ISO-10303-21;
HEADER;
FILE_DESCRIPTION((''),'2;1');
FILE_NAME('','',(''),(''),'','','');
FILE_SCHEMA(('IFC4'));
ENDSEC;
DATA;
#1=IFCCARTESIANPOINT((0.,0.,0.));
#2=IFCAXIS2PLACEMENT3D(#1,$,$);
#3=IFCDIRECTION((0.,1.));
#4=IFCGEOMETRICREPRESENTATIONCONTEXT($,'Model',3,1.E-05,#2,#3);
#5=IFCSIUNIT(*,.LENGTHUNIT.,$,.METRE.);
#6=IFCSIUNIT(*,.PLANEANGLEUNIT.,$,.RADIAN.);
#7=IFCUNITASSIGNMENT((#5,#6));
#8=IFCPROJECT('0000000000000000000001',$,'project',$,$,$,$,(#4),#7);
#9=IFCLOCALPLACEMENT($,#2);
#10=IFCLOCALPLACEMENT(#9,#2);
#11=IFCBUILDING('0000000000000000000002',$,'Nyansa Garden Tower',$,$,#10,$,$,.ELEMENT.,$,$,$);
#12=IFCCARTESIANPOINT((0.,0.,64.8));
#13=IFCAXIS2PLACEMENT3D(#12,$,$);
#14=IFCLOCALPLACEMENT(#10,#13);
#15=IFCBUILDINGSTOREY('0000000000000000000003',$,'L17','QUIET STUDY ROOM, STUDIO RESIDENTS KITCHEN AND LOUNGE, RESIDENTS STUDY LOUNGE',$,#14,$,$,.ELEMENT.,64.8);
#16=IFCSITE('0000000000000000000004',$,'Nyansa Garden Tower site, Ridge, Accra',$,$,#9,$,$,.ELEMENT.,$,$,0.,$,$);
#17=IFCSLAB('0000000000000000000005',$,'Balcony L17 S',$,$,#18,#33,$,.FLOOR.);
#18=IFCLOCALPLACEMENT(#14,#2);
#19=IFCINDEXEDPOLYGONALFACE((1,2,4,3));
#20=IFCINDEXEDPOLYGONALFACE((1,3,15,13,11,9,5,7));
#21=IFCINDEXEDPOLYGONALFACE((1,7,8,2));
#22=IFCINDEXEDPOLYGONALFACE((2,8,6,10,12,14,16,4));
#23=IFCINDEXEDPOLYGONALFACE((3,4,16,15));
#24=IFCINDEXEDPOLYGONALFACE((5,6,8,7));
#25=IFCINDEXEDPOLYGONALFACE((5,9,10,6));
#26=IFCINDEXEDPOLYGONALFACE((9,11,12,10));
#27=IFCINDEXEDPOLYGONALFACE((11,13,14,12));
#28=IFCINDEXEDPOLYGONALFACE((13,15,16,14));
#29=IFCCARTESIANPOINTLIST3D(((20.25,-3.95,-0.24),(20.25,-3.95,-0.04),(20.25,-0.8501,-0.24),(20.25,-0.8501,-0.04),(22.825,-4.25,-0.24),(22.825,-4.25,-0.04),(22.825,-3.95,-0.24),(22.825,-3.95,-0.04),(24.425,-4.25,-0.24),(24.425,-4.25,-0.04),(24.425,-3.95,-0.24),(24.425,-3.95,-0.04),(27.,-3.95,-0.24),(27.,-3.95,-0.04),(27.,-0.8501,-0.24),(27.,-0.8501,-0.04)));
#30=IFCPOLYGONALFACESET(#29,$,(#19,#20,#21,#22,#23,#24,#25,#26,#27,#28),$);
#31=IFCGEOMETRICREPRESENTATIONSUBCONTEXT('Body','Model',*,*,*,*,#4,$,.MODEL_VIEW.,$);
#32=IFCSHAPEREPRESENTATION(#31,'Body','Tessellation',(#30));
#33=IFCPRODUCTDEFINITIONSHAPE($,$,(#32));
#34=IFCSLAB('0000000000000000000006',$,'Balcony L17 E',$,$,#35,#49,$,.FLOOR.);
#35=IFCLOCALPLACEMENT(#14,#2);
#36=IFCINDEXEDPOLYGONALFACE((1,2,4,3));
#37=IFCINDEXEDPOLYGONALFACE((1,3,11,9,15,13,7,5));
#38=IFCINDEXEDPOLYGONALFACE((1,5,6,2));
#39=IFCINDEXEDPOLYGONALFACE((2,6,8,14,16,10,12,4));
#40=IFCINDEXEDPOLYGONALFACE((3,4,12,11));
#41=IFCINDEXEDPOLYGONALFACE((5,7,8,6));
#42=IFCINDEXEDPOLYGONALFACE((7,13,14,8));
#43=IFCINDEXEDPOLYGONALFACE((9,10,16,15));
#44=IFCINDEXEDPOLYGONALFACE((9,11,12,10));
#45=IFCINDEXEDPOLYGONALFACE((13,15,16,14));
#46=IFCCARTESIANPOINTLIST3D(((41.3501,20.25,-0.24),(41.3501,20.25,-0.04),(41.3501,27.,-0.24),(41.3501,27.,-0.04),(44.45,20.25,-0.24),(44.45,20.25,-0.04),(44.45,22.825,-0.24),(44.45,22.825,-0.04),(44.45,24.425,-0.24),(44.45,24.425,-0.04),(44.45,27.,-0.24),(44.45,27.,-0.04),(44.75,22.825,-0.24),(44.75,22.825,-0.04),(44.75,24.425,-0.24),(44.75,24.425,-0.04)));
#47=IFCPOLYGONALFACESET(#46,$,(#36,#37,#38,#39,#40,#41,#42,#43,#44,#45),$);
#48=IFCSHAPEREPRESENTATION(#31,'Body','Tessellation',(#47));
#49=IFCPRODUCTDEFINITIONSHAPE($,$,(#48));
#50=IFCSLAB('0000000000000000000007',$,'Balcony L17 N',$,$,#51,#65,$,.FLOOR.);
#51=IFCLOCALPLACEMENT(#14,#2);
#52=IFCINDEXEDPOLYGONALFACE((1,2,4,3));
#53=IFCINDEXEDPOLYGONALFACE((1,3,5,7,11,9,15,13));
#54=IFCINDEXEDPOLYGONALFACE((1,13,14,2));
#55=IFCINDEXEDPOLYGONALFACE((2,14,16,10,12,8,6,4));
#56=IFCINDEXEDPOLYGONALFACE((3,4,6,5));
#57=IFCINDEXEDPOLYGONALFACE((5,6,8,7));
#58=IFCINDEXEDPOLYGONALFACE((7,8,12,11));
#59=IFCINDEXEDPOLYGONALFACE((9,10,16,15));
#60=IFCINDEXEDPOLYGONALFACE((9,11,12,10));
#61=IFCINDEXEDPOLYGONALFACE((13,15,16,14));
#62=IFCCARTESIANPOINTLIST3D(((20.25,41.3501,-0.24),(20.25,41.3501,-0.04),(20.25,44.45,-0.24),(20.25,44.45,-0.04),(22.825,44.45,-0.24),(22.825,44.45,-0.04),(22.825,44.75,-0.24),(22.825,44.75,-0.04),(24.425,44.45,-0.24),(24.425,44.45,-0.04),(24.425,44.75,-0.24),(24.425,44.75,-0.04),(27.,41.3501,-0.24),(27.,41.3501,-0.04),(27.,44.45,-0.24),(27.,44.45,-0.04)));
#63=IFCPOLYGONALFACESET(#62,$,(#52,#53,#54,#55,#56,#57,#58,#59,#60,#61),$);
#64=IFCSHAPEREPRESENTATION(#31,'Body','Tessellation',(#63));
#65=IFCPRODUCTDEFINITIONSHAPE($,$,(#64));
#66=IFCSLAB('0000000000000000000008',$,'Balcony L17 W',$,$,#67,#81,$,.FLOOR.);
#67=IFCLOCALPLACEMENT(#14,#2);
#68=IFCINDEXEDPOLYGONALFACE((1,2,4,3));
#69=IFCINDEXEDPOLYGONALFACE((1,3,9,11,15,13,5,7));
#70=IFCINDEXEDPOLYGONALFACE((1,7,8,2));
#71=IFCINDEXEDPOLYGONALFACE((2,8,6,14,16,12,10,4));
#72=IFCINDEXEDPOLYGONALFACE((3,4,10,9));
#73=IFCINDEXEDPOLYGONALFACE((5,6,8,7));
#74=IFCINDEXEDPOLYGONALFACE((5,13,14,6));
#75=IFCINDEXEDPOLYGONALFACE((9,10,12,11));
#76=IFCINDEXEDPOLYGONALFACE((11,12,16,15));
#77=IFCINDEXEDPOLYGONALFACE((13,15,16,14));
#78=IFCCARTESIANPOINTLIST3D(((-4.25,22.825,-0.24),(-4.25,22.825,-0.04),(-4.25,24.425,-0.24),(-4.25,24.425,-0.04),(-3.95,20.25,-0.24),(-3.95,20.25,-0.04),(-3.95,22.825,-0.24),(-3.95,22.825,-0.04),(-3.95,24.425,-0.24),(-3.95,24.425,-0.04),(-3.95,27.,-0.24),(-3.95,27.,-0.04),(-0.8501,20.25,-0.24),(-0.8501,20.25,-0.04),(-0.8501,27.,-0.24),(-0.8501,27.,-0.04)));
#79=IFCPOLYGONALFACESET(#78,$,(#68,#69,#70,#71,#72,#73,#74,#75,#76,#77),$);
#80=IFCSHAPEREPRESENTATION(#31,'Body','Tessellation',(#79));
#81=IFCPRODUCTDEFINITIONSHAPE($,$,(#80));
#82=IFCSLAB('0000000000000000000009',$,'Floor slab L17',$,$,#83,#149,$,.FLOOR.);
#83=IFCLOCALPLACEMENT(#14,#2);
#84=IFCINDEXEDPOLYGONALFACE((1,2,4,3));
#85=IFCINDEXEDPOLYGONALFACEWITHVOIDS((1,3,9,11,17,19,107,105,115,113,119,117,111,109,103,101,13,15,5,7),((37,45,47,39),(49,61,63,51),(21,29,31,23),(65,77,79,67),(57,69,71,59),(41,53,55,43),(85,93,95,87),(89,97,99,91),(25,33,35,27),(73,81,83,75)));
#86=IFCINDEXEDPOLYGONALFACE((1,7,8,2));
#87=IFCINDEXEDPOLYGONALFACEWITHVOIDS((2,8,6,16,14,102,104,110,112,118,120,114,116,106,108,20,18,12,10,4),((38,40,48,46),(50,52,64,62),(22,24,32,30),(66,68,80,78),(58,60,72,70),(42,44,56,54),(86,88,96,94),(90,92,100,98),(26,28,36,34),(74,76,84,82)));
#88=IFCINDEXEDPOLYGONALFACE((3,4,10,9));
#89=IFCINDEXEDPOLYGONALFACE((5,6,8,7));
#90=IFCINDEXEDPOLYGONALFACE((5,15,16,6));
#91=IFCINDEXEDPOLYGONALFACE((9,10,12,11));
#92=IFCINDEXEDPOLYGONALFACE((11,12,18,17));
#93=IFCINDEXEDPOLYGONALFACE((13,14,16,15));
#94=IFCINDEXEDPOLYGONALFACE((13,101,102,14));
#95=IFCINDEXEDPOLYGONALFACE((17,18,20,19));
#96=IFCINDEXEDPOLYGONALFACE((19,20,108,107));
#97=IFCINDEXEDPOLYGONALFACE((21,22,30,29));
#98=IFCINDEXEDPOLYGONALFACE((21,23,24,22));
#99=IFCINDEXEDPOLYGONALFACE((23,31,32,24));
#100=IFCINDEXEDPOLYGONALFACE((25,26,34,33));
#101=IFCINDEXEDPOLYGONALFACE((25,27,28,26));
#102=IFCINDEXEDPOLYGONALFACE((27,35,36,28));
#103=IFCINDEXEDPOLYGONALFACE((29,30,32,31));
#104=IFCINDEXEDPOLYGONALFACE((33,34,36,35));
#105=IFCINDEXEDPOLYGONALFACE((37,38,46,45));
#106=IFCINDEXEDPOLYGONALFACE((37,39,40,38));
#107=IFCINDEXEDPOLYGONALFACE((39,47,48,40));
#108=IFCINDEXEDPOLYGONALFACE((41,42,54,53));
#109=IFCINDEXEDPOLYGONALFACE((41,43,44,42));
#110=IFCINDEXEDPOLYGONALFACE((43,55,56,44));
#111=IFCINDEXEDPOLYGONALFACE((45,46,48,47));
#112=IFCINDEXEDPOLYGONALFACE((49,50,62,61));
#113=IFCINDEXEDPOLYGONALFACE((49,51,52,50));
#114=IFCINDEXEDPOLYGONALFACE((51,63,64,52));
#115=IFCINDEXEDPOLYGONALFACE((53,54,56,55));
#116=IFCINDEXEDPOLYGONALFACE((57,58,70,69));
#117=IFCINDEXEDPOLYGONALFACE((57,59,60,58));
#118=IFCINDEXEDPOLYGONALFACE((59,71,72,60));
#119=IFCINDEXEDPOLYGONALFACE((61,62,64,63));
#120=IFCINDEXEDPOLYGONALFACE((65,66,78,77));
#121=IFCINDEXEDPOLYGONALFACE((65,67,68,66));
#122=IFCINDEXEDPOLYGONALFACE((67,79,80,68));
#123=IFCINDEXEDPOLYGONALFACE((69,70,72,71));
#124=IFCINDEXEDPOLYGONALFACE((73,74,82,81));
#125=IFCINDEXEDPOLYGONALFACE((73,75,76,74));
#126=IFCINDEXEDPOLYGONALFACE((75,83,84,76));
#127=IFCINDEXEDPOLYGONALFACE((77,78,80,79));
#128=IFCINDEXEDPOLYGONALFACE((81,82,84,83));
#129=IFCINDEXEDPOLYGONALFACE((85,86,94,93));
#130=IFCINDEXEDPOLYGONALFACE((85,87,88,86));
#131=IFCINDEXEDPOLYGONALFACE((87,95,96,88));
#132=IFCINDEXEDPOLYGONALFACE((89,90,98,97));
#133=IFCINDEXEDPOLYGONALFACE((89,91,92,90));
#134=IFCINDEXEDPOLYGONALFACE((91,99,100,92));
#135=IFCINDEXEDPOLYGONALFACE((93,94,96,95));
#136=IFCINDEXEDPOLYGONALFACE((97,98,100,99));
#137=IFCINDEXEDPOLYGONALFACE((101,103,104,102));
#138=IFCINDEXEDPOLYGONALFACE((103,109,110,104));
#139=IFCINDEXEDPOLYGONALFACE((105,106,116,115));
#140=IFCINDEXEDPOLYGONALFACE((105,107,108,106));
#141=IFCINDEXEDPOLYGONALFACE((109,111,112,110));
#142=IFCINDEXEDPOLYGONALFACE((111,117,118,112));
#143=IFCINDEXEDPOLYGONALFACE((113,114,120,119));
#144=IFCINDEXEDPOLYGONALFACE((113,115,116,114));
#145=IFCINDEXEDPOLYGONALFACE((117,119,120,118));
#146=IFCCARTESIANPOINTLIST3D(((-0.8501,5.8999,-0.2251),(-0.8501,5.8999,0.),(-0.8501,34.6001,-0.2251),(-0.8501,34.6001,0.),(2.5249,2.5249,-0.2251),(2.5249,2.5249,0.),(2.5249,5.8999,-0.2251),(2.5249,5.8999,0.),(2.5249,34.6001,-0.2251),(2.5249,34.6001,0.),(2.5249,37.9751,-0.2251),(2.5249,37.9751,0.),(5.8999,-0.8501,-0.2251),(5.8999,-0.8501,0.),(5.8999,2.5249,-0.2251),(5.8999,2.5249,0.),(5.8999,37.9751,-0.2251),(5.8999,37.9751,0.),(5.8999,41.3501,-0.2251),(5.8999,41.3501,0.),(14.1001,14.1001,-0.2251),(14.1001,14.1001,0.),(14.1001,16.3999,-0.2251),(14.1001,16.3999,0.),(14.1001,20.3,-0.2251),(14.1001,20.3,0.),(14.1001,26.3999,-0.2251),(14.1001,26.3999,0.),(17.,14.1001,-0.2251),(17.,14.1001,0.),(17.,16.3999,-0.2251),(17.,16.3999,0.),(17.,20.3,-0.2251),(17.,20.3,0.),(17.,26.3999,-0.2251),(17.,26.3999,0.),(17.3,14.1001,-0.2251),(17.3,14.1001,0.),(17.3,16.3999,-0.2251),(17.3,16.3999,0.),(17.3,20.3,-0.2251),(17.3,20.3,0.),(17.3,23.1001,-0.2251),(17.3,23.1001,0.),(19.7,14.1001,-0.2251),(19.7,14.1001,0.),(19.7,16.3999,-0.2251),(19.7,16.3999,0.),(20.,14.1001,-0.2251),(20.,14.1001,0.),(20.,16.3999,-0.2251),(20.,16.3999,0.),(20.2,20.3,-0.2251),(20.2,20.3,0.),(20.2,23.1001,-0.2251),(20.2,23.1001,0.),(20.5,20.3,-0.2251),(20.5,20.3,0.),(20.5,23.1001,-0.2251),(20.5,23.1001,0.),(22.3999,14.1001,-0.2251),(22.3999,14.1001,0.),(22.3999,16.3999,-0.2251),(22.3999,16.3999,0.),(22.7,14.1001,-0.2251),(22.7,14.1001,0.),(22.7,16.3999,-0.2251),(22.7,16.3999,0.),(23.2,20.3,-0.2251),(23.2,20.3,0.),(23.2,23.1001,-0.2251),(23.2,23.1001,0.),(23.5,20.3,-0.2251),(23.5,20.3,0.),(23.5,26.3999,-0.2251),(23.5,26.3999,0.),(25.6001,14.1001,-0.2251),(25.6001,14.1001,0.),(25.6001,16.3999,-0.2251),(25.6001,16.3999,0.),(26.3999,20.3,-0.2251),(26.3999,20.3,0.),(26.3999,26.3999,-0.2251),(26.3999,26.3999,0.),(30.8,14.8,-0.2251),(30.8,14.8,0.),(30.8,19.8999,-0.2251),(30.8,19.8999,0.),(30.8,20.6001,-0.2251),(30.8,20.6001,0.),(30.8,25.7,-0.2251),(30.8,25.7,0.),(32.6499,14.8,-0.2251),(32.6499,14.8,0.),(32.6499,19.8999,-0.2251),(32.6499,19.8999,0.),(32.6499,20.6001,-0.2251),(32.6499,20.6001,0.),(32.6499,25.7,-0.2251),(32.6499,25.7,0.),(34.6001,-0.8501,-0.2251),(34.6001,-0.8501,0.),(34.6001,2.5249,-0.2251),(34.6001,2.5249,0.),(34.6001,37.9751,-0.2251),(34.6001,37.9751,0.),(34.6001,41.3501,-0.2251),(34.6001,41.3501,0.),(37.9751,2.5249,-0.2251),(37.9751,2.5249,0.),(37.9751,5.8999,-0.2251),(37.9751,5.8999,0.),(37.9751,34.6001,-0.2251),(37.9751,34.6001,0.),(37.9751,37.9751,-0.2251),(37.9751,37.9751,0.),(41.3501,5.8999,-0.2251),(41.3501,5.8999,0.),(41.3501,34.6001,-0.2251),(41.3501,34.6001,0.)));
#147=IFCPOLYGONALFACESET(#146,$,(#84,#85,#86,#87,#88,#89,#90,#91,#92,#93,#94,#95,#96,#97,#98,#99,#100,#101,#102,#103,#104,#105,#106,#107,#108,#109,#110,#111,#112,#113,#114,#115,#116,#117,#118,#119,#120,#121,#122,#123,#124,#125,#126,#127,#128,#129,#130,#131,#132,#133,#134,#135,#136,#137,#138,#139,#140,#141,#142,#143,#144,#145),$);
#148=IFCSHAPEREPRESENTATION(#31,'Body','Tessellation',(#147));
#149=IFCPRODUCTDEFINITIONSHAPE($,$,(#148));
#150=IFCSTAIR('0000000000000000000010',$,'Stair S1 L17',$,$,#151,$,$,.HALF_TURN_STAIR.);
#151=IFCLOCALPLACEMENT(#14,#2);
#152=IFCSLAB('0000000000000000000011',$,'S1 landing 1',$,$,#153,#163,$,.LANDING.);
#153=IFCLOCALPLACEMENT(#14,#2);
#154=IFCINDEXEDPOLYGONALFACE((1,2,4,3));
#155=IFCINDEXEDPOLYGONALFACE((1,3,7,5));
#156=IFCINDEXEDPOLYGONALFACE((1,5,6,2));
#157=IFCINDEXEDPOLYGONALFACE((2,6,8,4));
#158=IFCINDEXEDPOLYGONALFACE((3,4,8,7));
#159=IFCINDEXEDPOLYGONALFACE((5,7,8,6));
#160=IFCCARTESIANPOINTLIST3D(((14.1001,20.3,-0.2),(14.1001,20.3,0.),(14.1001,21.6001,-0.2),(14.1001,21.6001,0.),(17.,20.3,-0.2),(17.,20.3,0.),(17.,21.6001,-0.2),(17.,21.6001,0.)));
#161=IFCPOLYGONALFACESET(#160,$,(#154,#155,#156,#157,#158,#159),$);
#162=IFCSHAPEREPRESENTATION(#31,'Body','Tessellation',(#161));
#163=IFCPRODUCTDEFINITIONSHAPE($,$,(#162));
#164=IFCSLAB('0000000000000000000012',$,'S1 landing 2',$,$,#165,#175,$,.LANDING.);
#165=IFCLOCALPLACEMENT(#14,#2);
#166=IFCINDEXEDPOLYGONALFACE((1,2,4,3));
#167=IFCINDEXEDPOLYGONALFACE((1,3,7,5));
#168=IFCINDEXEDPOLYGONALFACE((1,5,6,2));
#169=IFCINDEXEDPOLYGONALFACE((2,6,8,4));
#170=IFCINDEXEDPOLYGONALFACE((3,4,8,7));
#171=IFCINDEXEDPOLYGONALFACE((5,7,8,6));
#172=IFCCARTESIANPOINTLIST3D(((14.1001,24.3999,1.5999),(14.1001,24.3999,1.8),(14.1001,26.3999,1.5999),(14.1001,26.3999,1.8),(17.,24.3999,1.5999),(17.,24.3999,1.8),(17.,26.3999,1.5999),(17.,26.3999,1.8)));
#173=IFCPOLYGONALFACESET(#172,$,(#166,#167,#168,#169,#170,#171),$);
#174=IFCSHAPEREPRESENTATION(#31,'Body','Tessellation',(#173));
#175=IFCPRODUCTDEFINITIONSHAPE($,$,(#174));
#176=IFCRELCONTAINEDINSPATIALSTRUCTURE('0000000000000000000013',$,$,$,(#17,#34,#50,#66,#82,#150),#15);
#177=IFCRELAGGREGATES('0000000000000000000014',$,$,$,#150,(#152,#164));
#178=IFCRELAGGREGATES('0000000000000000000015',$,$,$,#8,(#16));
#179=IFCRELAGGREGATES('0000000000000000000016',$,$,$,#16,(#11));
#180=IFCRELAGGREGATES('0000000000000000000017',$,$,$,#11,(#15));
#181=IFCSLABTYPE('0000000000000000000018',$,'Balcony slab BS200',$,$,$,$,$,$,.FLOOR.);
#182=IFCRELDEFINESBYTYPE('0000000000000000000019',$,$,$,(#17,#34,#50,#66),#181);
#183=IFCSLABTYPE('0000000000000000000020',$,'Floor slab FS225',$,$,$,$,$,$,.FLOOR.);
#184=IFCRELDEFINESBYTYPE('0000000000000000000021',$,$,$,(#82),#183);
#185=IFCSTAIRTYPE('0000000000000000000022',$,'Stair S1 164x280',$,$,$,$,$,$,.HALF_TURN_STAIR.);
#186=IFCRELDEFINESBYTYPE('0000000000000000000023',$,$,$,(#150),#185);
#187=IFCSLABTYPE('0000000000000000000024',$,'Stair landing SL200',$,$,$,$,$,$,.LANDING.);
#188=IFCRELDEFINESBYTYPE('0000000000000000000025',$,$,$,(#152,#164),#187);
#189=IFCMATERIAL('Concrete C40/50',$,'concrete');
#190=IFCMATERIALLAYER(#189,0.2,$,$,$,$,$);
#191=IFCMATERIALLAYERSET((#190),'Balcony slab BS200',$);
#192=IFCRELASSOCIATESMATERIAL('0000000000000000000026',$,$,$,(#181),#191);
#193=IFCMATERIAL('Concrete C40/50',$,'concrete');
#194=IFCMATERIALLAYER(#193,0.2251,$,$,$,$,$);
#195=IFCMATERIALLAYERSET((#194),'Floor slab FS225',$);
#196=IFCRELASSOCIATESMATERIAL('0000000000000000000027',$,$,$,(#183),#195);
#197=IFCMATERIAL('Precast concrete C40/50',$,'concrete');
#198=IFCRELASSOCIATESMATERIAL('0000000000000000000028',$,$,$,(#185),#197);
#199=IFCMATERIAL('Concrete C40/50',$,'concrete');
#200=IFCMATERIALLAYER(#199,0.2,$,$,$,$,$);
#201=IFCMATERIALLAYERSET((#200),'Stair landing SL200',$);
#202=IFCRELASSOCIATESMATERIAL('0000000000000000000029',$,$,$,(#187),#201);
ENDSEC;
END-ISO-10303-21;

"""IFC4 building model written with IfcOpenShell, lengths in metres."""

from ifc_helpers import new_model, si_unit, direction, frame, origin, place, context, subcontext, project, spatial, polyline, outline, extrude, material, layer, layer_set, type_object, element, aggregate, save


model = new_model("IFC4")

# Units and contexts
model_context = context("Model", 3, precision=1e-05, world=origin(), true_north=direction((0.0, 1.0)))
body_context = subcontext(model_context, "Body", "Model", "MODEL_VIEW")
ifc_project = project(units=[si_unit("LENGTHUNIT", "METRE"), si_unit("PLANEANGLEUNIT", "RADIAN")], contexts=[model_context])

# Site, building, storey
site_placement = place(None, origin())
site = spatial("IfcSite", under=ifc_project, at=site_placement, Name="Nyansa Garden Tower site, Ridge, Accra", CompositionType="ELEMENT", RefElevation=0.0)
building_placement = place(site_placement, origin())
building = spatial("IfcBuilding", under=site, at=building_placement, Name="Nyansa Garden Tower", CompositionType="ELEMENT")
storey_placement = place(building_placement, frame((0.0, 0.0, 64.8)))
storey = spatial("IfcBuildingStorey", under=building, at=storey_placement, Name="L17", Description="QUIET STUDY ROOM, STUDIO RESIDENTS KITCHEN AND LOUNGE, RESIDENTS STUDY LOUNGE", CompositionType="ELEMENT", Elevation=64.8)

# Slabs
ifc_material_1 = material(Name="Concrete C40/50", Category="concrete")
ifc_layer_1 = layer(ifc_material_1, 0.2)
ifc_layer_set_1 = layer_set([ifc_layer_1], Name="Balcony slab BS200")
slab_type_1 = type_object("IfcSlabType", Name="Balcony slab BS200", PredefinedType="FLOOR", material=ifc_layer_set_1)
slab_1_placement = place(storey_placement, frame((0.0, 0.0, -0.24)))
element("IfcSlab", 1, at=slab_1_placement, inside=storey, type_object=slab_type_1, Name="Balcony L17 S", PredefinedType="FLOOR", context=body_context, shape_type="SweptSolid", body=[
    extrude(outline(polyline([(20.25, -0.8501), (27.0, -0.8501), (27.0, -3.95), (24.425, -3.95), (24.425, -4.25), (22.825, -4.25), (22.825, -3.95), (20.25, -3.95), (20.25, -0.8501)])), origin(), (0.0, 0.0, 1.0), 0.2),
])
slab_2_placement = place(storey_placement, frame((0.0, 0.0, -0.24)))
element("IfcSlab", 2, at=slab_2_placement, inside=storey, type_object=slab_type_1, Name="Balcony L17 E", PredefinedType="FLOOR", context=body_context, shape_type="SweptSolid", body=[
    extrude(outline(polyline([(41.3501, 20.25), (41.3501, 27.0), (44.45, 27.0), (44.45, 24.425), (44.75, 24.425), (44.75, 22.825), (44.45, 22.825), (44.45, 20.25), (41.3501, 20.25)])), origin(), (0.0, 0.0, 1.0), 0.2),
])
slab_3_placement = place(storey_placement, frame((0.0, 0.0, -0.24)))
element("IfcSlab", 3, at=slab_3_placement, inside=storey, type_object=slab_type_1, Name="Balcony L17 N", PredefinedType="FLOOR", context=body_context, shape_type="SweptSolid", body=[
    extrude(outline(polyline([(20.25, 41.3501), (27.0, 41.3501), (27.0, 44.45), (24.425, 44.45), (24.425, 44.75), (22.825, 44.75), (22.825, 44.45), (20.25, 44.45), (20.25, 41.3501)])), origin(), (0.0, 0.0, 1.0), 0.2),
])
slab_4_placement = place(storey_placement, frame((0.0, 0.0, -0.24)))
element("IfcSlab", 4, at=slab_4_placement, inside=storey, type_object=slab_type_1, Name="Balcony L17 W", PredefinedType="FLOOR", context=body_context, shape_type="SweptSolid", body=[
    extrude(outline(polyline([(-0.8501, 20.25), (-0.8501, 27.0), (-3.95, 27.0), (-3.95, 24.425), (-4.25, 24.425), (-4.25, 22.825), (-3.95, 22.825), (-3.95, 20.25), (-0.8501, 20.25)])), origin(), (0.0, 0.0, 1.0), 0.2),
])
ifc_material_2 = material(Name="Concrete C40/50", Category="concrete")
ifc_layer_2 = layer(ifc_material_2, 0.2251)
ifc_layer_set_2 = layer_set([ifc_layer_2], Name="Floor slab FS225")
slab_type_2 = type_object("IfcSlabType", Name="Floor slab FS225", PredefinedType="FLOOR", material=ifc_layer_set_2)
slab_5_placement = place(storey_placement, frame((0.0, 0.0, -0.2251)))
element("IfcSlab", 5, at=slab_5_placement, inside=storey, type_object=slab_type_2, Name="Floor slab L17", PredefinedType="FLOOR", context=body_context, shape_type="SweptSolid", body=[
    extrude(outline(polyline([(41.3501, 5.8999), (37.9751, 5.8999), (37.9751, 2.5249), (34.6001, 2.5249), (34.6001, -0.8501), (5.8999, -0.8501), (5.8999, 2.5249), (2.5249, 2.5249), (2.5249, 5.8999), (-0.8501, 5.8999), (-0.8501, 34.6001), (2.5249, 34.6001), (2.5249, 37.9751), (5.8999, 37.9751), (5.8999, 41.3501), (34.6001, 41.3501), (34.6001, 37.9751), (37.9751, 37.9751), (37.9751, 34.6001), (41.3501, 34.6001), (41.3501, 5.8999)]), holes=[polyline([(14.1001, 14.1001), (17.0, 14.1001), (17.0, 16.3999), (14.1001, 16.3999), (14.1001, 14.1001)]), polyline([(17.3, 14.1001), (19.7, 14.1001), (19.7, 16.3999), (17.3, 16.3999), (17.3, 14.1001)]), polyline([(20.0, 14.1001), (22.3999, 14.1001), (22.3999, 16.3999), (20.0, 16.3999), (20.0, 14.1001)]), polyline([(22.7, 14.1001), (25.6001, 14.1001), (25.6001, 16.3999), (22.7, 16.3999), (22.7, 14.1001)]), polyline([(17.3, 20.3), (20.2, 20.3), (20.2, 23.1001), (17.3, 23.1001), (17.3, 20.3)]), polyline([(20.5, 20.3), (23.2, 20.3), (23.2, 23.1001), (20.5, 23.1001), (20.5, 20.3)]), polyline([(30.8, 14.8), (32.6499, 14.8), (32.6499, 19.8999), (30.8, 19.8999), (30.8, 14.8)]), polyline([(30.8, 20.6001), (32.6499, 20.6001), (32.6499, 25.7), (30.8, 25.7), (30.8, 20.6001)]), polyline([(14.1001, 20.3), (17.0, 20.3), (17.0, 26.3999), (14.1001, 26.3999), (14.1001, 20.3)]), polyline([(23.5, 20.3), (26.3999, 20.3), (26.3999, 26.3999), (23.5, 26.3999), (23.5, 20.3)])]), origin(), (0.0, 0.0, 1.0), 0.2251),
])

# Stair, slabs
ifc_material_3 = material(Name="Precast concrete C40/50", Category="concrete")
stair_type = type_object("IfcStairType", Name="Stair S1 164x280", PredefinedType="HALF_TURN_STAIR", material=ifc_material_3)
stair_placement = place(storey_placement, origin())
stair = element("IfcStair", 6, at=stair_placement, inside=storey, type_object=stair_type, Name="Stair S1 L17", PredefinedType="HALF_TURN_STAIR")
ifc_material_4 = material(Name="Concrete C40/50", Category="concrete")
ifc_layer_3 = layer(ifc_material_4, 0.2)
ifc_layer_set_3 = layer_set([ifc_layer_3], Name="Stair landing SL200")
slab_type_3 = type_object("IfcSlabType", Name="Stair landing SL200", PredefinedType="LANDING", material=ifc_layer_set_3)
slab_6_placement = place(storey_placement, frame((0.0, 0.0, -0.2)))
slab_6 = element("IfcSlab", 7, at=slab_6_placement, type_object=slab_type_3, Name="S1 landing 1", PredefinedType="LANDING", context=body_context, shape_type="SweptSolid", body=[
    extrude(outline(polyline([(14.1001, 20.3), (17.0, 20.3), (17.0, 21.6001), (14.1001, 21.6001), (14.1001, 20.3)])), origin(), (0.0, 0.0, 1.0), 0.2),
])
slab_7_placement = place(storey_placement, frame((0.0, 0.0, 1.5999)))
slab_7 = element("IfcSlab", 8, at=slab_7_placement, type_object=slab_type_3, Name="S1 landing 2", PredefinedType="LANDING", context=body_context, shape_type="SweptSolid", body=[
    extrude(outline(polyline([(14.1001, 24.3999), (17.0, 24.3999), (17.0, 26.3999), (14.1001, 26.3999), (14.1001, 24.3999)])), origin(), (0.0, 0.0, 1.0), 0.2002),
])
aggregate(stair, [slab_6, slab_7])

save(model, "model.ifc")
